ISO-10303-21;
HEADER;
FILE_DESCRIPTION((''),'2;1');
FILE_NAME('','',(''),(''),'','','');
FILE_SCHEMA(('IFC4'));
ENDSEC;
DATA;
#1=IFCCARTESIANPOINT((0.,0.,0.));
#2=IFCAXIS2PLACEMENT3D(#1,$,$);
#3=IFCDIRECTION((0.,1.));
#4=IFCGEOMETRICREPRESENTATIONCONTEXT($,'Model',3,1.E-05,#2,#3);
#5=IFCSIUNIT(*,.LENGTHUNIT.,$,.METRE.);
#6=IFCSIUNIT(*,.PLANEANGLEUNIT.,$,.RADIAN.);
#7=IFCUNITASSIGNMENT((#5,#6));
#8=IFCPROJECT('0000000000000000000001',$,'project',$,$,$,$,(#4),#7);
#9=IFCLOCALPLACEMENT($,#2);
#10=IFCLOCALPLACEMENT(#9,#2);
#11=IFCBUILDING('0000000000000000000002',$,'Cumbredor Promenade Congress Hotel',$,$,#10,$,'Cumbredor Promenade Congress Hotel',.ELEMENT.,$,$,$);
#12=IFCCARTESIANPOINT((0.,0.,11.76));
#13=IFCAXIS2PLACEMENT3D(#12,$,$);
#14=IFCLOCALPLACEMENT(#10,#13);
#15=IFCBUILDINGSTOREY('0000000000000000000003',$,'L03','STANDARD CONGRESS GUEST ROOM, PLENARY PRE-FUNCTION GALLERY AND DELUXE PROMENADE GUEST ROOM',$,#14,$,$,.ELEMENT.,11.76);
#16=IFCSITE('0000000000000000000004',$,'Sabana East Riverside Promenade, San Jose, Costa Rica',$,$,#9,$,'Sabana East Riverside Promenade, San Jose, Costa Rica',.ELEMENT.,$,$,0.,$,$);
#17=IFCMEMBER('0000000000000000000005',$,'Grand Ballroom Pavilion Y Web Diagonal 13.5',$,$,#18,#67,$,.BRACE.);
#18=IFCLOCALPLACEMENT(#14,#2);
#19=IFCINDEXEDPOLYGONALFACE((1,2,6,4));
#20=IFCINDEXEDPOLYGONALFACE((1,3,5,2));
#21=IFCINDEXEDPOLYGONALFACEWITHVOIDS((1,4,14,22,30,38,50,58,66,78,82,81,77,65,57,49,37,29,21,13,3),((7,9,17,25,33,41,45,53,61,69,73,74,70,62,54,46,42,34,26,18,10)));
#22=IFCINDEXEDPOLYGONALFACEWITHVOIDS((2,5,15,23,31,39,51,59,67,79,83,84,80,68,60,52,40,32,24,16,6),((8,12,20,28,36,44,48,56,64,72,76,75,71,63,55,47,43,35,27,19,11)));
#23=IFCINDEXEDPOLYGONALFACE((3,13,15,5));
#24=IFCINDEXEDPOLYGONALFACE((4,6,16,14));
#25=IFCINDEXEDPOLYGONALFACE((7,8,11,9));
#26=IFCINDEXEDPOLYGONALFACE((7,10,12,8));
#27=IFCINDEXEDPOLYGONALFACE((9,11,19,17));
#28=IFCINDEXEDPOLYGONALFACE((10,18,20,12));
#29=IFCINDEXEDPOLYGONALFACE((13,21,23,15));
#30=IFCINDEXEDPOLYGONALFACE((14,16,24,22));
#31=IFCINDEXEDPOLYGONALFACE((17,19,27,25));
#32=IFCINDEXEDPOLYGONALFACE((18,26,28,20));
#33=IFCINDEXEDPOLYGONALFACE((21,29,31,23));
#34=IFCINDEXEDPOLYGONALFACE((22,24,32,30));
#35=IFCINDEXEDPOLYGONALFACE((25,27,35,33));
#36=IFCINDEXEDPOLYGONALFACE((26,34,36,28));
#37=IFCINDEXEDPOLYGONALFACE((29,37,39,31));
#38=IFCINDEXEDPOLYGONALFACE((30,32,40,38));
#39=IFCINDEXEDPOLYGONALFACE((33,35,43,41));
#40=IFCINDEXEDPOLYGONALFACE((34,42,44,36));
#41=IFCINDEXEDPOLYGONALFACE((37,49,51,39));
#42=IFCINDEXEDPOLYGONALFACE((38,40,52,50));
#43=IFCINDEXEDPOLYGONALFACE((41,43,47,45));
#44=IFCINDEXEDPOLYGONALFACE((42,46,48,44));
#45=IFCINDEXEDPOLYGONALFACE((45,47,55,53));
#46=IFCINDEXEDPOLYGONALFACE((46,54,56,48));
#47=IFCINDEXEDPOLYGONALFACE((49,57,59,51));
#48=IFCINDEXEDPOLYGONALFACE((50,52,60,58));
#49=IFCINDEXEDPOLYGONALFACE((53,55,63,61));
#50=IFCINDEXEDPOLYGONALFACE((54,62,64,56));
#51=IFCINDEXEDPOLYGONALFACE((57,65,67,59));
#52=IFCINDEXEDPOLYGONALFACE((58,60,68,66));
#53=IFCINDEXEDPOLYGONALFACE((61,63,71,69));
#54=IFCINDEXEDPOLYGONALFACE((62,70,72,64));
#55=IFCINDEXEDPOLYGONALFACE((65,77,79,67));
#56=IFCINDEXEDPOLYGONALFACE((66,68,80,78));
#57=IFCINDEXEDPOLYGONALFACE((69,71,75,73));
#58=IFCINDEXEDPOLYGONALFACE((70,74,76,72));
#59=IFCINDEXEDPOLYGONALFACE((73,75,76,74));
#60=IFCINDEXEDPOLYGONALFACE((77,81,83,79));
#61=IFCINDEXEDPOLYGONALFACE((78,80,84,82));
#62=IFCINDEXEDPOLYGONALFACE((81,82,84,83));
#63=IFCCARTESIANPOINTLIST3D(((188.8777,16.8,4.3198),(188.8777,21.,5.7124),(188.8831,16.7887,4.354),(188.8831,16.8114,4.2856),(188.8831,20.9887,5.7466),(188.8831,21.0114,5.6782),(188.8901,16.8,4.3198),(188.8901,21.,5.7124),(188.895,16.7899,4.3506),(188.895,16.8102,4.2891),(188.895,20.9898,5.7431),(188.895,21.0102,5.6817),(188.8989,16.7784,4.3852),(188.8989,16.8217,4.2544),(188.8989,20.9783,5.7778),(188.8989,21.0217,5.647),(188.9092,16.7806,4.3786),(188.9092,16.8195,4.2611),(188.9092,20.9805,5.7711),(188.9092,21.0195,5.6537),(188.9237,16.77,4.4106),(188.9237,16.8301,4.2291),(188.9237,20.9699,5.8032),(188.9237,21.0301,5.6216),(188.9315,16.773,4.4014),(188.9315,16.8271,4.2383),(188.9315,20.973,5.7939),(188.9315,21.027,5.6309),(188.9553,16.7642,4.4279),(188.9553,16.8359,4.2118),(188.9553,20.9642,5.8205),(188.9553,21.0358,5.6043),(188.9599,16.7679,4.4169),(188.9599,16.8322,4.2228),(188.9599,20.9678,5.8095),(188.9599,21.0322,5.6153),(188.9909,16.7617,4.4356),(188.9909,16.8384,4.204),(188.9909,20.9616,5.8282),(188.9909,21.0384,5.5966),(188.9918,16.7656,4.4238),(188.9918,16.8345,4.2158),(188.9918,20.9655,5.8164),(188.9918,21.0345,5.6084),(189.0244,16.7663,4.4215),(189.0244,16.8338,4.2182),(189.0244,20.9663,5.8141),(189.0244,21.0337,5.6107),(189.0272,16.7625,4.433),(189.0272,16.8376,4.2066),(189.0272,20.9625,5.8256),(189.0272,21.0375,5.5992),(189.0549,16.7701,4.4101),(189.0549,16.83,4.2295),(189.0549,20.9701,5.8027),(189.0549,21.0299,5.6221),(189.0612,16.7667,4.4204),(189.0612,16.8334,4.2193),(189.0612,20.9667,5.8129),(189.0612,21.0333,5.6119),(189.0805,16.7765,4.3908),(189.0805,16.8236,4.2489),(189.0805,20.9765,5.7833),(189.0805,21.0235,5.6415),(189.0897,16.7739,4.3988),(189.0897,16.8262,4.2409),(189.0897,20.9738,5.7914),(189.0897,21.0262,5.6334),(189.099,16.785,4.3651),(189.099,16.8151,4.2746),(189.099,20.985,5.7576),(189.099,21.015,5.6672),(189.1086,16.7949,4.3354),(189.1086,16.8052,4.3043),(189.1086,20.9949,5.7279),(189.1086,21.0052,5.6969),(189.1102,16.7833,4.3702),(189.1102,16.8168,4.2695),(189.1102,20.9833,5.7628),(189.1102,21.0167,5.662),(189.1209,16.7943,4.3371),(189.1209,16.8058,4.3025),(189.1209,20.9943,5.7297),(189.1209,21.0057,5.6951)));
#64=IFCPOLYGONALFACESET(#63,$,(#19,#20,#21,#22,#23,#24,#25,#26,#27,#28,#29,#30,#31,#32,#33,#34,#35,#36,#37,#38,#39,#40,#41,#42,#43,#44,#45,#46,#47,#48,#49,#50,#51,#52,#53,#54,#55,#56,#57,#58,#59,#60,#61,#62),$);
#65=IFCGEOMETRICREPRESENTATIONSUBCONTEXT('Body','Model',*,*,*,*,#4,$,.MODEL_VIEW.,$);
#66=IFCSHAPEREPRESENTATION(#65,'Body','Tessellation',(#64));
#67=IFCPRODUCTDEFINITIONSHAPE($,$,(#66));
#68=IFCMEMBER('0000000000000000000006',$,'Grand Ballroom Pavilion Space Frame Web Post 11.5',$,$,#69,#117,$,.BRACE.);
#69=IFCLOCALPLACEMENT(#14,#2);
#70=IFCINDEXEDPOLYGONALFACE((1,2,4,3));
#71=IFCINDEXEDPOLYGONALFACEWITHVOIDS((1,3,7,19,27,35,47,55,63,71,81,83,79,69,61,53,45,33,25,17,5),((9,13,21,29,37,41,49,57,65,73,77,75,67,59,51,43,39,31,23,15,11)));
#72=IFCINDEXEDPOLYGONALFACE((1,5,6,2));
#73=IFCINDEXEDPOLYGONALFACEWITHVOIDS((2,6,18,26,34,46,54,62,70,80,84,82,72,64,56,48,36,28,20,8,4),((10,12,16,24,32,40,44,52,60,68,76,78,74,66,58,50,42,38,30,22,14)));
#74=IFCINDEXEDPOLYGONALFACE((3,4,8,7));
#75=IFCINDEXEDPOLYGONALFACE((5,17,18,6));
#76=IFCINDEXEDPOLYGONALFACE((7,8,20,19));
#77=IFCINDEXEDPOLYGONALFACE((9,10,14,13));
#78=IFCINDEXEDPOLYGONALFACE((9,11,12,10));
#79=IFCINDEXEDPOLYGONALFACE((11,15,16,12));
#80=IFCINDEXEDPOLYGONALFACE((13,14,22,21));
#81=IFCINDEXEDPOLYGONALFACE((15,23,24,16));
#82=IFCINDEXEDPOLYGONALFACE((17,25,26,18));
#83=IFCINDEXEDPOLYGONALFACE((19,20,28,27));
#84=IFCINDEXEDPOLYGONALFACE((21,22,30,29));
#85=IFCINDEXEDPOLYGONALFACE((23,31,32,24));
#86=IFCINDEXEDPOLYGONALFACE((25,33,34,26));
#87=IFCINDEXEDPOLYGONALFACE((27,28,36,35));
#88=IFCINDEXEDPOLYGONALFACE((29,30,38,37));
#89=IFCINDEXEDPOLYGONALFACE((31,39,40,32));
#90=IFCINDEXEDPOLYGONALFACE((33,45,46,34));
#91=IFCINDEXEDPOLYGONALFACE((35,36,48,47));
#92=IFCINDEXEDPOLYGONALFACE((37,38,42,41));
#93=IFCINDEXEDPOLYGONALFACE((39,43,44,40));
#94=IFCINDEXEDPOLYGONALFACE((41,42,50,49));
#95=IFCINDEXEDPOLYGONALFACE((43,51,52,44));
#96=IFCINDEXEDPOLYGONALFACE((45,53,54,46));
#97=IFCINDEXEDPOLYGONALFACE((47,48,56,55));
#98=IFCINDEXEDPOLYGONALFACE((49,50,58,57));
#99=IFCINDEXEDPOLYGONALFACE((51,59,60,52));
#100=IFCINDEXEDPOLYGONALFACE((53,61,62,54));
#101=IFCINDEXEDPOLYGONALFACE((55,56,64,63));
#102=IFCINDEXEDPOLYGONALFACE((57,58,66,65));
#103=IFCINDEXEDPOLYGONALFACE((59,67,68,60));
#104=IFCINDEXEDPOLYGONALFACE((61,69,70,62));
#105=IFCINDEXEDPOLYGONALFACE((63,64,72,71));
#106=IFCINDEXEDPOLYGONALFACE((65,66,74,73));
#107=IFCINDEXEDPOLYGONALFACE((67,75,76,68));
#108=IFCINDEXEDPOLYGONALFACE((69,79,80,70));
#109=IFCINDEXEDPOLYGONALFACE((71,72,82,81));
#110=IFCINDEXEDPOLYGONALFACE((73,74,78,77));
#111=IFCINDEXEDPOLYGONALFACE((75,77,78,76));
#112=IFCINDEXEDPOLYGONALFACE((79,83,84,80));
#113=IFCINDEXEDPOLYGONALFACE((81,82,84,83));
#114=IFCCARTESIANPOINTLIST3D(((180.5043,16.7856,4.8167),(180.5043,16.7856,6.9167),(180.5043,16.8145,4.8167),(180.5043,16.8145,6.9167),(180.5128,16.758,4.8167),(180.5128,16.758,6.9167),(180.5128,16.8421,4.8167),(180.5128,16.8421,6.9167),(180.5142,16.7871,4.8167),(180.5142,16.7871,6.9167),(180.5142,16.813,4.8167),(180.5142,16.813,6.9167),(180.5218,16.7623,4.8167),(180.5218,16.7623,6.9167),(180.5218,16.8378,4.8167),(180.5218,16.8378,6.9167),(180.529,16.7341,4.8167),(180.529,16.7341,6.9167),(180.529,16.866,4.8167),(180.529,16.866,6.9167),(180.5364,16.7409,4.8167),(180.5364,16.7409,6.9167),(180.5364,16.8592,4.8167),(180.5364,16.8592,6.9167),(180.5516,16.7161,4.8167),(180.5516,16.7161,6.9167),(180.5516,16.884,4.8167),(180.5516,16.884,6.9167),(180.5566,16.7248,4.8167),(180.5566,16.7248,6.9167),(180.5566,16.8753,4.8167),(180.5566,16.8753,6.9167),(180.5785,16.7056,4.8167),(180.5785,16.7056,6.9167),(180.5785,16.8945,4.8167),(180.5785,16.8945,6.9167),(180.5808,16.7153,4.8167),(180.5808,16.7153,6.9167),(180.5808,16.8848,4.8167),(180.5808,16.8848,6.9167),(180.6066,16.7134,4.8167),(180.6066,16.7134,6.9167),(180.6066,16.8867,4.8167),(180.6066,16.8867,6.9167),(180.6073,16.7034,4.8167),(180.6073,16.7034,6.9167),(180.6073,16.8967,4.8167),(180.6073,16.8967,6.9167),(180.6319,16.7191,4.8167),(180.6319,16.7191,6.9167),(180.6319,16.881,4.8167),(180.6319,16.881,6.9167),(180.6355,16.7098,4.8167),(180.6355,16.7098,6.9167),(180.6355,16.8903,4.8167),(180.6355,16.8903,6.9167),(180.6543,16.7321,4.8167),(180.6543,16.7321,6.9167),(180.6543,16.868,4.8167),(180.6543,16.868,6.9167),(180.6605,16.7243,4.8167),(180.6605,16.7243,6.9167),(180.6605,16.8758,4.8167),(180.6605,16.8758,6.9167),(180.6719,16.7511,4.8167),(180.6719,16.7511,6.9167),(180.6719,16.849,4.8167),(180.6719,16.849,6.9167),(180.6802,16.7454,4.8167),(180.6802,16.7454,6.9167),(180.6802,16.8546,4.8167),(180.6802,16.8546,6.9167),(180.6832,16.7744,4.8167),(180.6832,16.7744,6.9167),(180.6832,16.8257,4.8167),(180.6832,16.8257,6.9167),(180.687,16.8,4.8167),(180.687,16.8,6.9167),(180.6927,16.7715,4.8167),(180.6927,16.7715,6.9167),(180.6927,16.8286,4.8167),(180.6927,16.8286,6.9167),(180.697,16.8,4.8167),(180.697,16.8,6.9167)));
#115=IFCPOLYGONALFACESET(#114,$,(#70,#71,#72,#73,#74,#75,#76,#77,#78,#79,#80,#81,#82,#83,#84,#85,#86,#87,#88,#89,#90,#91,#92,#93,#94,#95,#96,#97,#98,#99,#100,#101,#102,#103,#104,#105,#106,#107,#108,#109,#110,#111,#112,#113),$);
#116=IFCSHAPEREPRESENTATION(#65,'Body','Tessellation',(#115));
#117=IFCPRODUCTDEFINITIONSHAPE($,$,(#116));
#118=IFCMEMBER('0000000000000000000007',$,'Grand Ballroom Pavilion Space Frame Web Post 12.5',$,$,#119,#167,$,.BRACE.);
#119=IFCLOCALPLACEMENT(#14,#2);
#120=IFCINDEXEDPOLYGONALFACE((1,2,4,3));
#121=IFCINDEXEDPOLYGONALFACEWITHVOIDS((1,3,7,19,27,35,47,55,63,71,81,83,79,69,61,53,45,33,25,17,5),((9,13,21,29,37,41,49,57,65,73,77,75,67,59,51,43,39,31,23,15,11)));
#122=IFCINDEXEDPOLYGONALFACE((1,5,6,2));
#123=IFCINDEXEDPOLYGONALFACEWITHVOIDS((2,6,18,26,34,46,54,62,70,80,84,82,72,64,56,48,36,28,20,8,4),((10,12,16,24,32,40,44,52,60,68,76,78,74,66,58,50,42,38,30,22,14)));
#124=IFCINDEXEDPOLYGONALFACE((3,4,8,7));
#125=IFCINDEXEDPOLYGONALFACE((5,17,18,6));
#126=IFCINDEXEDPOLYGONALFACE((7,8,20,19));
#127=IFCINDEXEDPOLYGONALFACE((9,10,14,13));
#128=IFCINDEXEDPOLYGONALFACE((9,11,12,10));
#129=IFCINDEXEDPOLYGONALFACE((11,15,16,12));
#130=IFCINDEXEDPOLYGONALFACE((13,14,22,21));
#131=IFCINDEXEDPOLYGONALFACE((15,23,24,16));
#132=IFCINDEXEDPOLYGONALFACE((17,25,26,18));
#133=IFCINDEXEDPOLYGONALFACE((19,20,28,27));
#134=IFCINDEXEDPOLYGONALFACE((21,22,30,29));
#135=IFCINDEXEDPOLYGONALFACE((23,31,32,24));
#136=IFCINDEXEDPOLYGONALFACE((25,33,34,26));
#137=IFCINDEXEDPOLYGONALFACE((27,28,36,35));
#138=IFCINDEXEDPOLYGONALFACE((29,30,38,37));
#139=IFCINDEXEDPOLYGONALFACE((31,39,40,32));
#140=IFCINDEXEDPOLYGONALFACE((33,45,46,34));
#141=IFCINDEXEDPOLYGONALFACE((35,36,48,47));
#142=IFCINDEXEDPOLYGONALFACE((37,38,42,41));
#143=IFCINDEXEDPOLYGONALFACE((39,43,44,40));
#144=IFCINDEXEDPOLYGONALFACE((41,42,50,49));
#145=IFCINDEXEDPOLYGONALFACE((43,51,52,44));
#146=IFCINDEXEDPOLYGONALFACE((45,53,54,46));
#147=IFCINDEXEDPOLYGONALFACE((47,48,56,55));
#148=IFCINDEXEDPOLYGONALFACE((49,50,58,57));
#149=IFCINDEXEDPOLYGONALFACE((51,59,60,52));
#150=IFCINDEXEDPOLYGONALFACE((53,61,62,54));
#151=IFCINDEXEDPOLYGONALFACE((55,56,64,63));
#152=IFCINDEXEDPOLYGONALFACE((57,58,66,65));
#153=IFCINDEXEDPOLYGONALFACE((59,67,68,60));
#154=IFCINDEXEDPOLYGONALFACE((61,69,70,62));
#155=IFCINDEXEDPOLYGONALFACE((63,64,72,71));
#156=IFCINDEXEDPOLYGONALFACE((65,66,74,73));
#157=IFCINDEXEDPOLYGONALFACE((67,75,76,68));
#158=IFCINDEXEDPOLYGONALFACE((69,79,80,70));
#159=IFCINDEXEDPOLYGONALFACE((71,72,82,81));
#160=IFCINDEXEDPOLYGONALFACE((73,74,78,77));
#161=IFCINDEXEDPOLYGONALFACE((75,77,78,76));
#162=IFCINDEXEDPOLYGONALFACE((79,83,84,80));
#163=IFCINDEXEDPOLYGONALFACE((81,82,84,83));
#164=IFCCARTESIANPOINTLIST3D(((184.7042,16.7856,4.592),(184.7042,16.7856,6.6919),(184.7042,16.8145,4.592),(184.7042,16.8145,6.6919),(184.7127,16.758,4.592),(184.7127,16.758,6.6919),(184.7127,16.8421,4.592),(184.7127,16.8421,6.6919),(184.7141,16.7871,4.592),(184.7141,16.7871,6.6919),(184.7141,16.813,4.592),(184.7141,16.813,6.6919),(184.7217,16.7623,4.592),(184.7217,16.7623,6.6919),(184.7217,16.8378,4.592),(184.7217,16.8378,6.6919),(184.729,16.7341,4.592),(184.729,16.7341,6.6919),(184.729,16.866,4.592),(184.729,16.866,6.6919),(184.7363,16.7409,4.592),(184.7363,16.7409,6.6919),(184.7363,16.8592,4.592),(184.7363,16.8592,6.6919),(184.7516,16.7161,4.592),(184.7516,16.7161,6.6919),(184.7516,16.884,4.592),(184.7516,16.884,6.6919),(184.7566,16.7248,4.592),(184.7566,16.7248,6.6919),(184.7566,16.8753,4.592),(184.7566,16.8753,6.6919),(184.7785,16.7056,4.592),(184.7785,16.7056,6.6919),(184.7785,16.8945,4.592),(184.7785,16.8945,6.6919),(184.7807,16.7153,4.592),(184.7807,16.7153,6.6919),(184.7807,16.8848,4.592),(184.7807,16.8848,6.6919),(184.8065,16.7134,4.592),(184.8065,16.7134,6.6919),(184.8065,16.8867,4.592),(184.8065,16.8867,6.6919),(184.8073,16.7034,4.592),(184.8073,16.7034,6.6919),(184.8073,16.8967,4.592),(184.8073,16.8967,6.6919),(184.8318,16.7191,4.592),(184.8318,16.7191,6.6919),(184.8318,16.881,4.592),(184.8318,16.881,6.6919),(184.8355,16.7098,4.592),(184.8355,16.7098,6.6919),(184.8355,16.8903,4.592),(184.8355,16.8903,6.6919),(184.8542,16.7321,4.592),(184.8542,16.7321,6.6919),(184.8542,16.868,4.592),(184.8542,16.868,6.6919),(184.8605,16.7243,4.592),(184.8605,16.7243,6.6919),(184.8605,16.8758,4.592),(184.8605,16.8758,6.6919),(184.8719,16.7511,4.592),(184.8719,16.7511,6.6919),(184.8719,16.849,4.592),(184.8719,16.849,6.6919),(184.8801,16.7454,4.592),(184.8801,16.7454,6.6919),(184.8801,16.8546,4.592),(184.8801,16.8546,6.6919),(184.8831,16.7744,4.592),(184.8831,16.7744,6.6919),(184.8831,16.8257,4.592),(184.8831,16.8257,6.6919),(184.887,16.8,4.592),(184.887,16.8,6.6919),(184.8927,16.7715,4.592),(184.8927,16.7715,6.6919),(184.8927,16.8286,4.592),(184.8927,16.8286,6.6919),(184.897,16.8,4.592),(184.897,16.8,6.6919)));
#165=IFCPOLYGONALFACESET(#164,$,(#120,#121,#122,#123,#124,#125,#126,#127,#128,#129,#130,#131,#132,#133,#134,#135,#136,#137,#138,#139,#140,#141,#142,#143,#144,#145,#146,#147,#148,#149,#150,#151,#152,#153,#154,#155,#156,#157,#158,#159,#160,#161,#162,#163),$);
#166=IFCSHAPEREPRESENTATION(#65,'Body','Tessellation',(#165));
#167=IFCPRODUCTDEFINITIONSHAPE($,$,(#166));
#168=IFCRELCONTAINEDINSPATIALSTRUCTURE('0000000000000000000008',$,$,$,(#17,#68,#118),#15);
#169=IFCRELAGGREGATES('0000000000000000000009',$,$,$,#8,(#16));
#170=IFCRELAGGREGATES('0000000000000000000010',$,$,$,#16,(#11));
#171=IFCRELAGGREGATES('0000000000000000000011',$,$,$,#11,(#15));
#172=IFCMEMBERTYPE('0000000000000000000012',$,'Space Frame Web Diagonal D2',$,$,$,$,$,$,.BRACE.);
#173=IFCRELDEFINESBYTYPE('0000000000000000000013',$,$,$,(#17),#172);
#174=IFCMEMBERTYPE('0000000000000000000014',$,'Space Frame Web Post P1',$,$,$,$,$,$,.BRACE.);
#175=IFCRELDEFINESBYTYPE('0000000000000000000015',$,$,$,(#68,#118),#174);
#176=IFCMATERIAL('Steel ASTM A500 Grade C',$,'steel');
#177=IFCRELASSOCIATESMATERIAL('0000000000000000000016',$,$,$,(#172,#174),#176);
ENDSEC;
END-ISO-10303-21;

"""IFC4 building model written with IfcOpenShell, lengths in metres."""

from ifc_helpers import new_model, si_unit, direction, frame, origin, origin_2d, place, context, subcontext, project, spatial, hollow_circle, extrude, material, material_profile, profile_set, type_object, element, save


model = new_model("IFC4")

# Units and contexts
model_context = context("Model", 3, precision=1e-05, world=origin(), true_north=direction((0.0, 1.0)))
body_context = subcontext(model_context, "Body", "Model", "MODEL_VIEW")
ifc_project = project(units=[si_unit("LENGTHUNIT", "METRE"), si_unit("PLANEANGLEUNIT", "RADIAN")], contexts=[model_context])

# Site, building, storey
site_placement = place(None, origin())
site = spatial("IfcSite", under=ifc_project, at=site_placement, Name="Sabana East Riverside Promenade, San Jose, Costa Rica", LongName="Sabana East Riverside Promenade, San Jose, Costa Rica", CompositionType="ELEMENT", RefElevation=0.0)
building_placement = place(site_placement, origin())
building = spatial("IfcBuilding", under=site, at=building_placement, Name="Cumbredor Promenade Congress Hotel", LongName="Cumbredor Promenade Congress Hotel", CompositionType="ELEMENT")
storey_placement = place(building_placement, frame((0.0, 0.0, 11.76)))
storey = spatial("IfcBuildingStorey", under=building, at=storey_placement, Name="L03", Description="STANDARD CONGRESS GUEST ROOM, PLENARY PRE-FUNCTION GALLERY AND DELUXE PROMENADE GUEST ROOM", CompositionType="ELEMENT", Elevation=11.76)

# Shared definitions
ifc_material_1 = material(Name="Steel ASTM A500 Grade C", Category="steel")

# Members
ifc_material_profile_1 = material_profile(ifc_material_1, hollow_circle(Radius=0.1223, WallThickness=0.0125, at=origin_2d()), Name="CHS 244.5x12.5")
ifc_profile_set_1 = profile_set([ifc_material_profile_1], Name="Steel ASTM A500 Grade C")
member_type_1 = type_object("IfcMemberType", Name="Space Frame Web Diagonal D2", PredefinedType="BRACE", material=ifc_profile_set_1)
member_1_placement = place(storey_placement, frame((189.0, 16.8, 4.3198), z_axis=(0.0, 0.949184, 0.314721), x_axis=(-1.0, 0.0, 0.0)))
element("IfcMember", 1, at=member_1_placement, inside=storey, type_object=member_type_1, Name="Grand Ballroom Pavilion Y Web Diagonal 13.5", PredefinedType="BRACE", context=body_context, shape_type="SweptSolid", body=[
    extrude(hollow_circle(Radius=0.1223, WallThickness=0.0125, at=origin_2d()), origin(), (0.0, 0.0, 1.0), 4.4248),
])
ifc_material_profile_2 = material_profile(ifc_material_1, hollow_circle(Radius=0.0969, WallThickness=0.01, at=origin_2d()), Name="CHS 193.7x10")
ifc_profile_set_2 = profile_set([ifc_material_profile_2], Name="Steel ASTM A500 Grade C")
member_type_2 = type_object("IfcMemberType", Name="Space Frame Web Post P1", PredefinedType="BRACE", material=ifc_profile_set_2)
member_2_placement = place(storey_placement, frame((180.6001, 16.8, 4.8167), z_axis=(0.0, 0.0, 1.0), x_axis=(1.0, 0.0, 0.0)))
element("IfcMember", 2, at=member_2_placement, inside=storey, type_object=member_type_2, Name="Grand Ballroom Pavilion Space Frame Web Post 11.5", PredefinedType="BRACE", context=body_context, shape_type="SweptSolid", body=[
    extrude(hollow_circle(Radius=0.0969, WallThickness=0.01, at=origin_2d()), origin(), (0.0, 0.0, 1.0), 2.1001),
])
for number, where, z_axis, x_axis, name in (
    (3, (184.8, 16.8, 4.592), (0.0, 0.0, 1.0), (1.0, 0.0, 0.0), "Grand Ballroom Pavilion Space Frame Web Post 12.5"),
):
    element("IfcMember", number, at=place(storey_placement, frame(where, z_axis=z_axis, x_axis=x_axis)), inside=storey, type_object=member_type_2, Name=name, PredefinedType="BRACE", context=body_context, shape_type="SweptSolid", body=[
        extrude(hollow_circle(Radius=0.0969, WallThickness=0.01, at=origin_2d()), origin(), (0.0, 0.0, 1.0), 2.0999),
    ])

save(model, "model.ifc")
